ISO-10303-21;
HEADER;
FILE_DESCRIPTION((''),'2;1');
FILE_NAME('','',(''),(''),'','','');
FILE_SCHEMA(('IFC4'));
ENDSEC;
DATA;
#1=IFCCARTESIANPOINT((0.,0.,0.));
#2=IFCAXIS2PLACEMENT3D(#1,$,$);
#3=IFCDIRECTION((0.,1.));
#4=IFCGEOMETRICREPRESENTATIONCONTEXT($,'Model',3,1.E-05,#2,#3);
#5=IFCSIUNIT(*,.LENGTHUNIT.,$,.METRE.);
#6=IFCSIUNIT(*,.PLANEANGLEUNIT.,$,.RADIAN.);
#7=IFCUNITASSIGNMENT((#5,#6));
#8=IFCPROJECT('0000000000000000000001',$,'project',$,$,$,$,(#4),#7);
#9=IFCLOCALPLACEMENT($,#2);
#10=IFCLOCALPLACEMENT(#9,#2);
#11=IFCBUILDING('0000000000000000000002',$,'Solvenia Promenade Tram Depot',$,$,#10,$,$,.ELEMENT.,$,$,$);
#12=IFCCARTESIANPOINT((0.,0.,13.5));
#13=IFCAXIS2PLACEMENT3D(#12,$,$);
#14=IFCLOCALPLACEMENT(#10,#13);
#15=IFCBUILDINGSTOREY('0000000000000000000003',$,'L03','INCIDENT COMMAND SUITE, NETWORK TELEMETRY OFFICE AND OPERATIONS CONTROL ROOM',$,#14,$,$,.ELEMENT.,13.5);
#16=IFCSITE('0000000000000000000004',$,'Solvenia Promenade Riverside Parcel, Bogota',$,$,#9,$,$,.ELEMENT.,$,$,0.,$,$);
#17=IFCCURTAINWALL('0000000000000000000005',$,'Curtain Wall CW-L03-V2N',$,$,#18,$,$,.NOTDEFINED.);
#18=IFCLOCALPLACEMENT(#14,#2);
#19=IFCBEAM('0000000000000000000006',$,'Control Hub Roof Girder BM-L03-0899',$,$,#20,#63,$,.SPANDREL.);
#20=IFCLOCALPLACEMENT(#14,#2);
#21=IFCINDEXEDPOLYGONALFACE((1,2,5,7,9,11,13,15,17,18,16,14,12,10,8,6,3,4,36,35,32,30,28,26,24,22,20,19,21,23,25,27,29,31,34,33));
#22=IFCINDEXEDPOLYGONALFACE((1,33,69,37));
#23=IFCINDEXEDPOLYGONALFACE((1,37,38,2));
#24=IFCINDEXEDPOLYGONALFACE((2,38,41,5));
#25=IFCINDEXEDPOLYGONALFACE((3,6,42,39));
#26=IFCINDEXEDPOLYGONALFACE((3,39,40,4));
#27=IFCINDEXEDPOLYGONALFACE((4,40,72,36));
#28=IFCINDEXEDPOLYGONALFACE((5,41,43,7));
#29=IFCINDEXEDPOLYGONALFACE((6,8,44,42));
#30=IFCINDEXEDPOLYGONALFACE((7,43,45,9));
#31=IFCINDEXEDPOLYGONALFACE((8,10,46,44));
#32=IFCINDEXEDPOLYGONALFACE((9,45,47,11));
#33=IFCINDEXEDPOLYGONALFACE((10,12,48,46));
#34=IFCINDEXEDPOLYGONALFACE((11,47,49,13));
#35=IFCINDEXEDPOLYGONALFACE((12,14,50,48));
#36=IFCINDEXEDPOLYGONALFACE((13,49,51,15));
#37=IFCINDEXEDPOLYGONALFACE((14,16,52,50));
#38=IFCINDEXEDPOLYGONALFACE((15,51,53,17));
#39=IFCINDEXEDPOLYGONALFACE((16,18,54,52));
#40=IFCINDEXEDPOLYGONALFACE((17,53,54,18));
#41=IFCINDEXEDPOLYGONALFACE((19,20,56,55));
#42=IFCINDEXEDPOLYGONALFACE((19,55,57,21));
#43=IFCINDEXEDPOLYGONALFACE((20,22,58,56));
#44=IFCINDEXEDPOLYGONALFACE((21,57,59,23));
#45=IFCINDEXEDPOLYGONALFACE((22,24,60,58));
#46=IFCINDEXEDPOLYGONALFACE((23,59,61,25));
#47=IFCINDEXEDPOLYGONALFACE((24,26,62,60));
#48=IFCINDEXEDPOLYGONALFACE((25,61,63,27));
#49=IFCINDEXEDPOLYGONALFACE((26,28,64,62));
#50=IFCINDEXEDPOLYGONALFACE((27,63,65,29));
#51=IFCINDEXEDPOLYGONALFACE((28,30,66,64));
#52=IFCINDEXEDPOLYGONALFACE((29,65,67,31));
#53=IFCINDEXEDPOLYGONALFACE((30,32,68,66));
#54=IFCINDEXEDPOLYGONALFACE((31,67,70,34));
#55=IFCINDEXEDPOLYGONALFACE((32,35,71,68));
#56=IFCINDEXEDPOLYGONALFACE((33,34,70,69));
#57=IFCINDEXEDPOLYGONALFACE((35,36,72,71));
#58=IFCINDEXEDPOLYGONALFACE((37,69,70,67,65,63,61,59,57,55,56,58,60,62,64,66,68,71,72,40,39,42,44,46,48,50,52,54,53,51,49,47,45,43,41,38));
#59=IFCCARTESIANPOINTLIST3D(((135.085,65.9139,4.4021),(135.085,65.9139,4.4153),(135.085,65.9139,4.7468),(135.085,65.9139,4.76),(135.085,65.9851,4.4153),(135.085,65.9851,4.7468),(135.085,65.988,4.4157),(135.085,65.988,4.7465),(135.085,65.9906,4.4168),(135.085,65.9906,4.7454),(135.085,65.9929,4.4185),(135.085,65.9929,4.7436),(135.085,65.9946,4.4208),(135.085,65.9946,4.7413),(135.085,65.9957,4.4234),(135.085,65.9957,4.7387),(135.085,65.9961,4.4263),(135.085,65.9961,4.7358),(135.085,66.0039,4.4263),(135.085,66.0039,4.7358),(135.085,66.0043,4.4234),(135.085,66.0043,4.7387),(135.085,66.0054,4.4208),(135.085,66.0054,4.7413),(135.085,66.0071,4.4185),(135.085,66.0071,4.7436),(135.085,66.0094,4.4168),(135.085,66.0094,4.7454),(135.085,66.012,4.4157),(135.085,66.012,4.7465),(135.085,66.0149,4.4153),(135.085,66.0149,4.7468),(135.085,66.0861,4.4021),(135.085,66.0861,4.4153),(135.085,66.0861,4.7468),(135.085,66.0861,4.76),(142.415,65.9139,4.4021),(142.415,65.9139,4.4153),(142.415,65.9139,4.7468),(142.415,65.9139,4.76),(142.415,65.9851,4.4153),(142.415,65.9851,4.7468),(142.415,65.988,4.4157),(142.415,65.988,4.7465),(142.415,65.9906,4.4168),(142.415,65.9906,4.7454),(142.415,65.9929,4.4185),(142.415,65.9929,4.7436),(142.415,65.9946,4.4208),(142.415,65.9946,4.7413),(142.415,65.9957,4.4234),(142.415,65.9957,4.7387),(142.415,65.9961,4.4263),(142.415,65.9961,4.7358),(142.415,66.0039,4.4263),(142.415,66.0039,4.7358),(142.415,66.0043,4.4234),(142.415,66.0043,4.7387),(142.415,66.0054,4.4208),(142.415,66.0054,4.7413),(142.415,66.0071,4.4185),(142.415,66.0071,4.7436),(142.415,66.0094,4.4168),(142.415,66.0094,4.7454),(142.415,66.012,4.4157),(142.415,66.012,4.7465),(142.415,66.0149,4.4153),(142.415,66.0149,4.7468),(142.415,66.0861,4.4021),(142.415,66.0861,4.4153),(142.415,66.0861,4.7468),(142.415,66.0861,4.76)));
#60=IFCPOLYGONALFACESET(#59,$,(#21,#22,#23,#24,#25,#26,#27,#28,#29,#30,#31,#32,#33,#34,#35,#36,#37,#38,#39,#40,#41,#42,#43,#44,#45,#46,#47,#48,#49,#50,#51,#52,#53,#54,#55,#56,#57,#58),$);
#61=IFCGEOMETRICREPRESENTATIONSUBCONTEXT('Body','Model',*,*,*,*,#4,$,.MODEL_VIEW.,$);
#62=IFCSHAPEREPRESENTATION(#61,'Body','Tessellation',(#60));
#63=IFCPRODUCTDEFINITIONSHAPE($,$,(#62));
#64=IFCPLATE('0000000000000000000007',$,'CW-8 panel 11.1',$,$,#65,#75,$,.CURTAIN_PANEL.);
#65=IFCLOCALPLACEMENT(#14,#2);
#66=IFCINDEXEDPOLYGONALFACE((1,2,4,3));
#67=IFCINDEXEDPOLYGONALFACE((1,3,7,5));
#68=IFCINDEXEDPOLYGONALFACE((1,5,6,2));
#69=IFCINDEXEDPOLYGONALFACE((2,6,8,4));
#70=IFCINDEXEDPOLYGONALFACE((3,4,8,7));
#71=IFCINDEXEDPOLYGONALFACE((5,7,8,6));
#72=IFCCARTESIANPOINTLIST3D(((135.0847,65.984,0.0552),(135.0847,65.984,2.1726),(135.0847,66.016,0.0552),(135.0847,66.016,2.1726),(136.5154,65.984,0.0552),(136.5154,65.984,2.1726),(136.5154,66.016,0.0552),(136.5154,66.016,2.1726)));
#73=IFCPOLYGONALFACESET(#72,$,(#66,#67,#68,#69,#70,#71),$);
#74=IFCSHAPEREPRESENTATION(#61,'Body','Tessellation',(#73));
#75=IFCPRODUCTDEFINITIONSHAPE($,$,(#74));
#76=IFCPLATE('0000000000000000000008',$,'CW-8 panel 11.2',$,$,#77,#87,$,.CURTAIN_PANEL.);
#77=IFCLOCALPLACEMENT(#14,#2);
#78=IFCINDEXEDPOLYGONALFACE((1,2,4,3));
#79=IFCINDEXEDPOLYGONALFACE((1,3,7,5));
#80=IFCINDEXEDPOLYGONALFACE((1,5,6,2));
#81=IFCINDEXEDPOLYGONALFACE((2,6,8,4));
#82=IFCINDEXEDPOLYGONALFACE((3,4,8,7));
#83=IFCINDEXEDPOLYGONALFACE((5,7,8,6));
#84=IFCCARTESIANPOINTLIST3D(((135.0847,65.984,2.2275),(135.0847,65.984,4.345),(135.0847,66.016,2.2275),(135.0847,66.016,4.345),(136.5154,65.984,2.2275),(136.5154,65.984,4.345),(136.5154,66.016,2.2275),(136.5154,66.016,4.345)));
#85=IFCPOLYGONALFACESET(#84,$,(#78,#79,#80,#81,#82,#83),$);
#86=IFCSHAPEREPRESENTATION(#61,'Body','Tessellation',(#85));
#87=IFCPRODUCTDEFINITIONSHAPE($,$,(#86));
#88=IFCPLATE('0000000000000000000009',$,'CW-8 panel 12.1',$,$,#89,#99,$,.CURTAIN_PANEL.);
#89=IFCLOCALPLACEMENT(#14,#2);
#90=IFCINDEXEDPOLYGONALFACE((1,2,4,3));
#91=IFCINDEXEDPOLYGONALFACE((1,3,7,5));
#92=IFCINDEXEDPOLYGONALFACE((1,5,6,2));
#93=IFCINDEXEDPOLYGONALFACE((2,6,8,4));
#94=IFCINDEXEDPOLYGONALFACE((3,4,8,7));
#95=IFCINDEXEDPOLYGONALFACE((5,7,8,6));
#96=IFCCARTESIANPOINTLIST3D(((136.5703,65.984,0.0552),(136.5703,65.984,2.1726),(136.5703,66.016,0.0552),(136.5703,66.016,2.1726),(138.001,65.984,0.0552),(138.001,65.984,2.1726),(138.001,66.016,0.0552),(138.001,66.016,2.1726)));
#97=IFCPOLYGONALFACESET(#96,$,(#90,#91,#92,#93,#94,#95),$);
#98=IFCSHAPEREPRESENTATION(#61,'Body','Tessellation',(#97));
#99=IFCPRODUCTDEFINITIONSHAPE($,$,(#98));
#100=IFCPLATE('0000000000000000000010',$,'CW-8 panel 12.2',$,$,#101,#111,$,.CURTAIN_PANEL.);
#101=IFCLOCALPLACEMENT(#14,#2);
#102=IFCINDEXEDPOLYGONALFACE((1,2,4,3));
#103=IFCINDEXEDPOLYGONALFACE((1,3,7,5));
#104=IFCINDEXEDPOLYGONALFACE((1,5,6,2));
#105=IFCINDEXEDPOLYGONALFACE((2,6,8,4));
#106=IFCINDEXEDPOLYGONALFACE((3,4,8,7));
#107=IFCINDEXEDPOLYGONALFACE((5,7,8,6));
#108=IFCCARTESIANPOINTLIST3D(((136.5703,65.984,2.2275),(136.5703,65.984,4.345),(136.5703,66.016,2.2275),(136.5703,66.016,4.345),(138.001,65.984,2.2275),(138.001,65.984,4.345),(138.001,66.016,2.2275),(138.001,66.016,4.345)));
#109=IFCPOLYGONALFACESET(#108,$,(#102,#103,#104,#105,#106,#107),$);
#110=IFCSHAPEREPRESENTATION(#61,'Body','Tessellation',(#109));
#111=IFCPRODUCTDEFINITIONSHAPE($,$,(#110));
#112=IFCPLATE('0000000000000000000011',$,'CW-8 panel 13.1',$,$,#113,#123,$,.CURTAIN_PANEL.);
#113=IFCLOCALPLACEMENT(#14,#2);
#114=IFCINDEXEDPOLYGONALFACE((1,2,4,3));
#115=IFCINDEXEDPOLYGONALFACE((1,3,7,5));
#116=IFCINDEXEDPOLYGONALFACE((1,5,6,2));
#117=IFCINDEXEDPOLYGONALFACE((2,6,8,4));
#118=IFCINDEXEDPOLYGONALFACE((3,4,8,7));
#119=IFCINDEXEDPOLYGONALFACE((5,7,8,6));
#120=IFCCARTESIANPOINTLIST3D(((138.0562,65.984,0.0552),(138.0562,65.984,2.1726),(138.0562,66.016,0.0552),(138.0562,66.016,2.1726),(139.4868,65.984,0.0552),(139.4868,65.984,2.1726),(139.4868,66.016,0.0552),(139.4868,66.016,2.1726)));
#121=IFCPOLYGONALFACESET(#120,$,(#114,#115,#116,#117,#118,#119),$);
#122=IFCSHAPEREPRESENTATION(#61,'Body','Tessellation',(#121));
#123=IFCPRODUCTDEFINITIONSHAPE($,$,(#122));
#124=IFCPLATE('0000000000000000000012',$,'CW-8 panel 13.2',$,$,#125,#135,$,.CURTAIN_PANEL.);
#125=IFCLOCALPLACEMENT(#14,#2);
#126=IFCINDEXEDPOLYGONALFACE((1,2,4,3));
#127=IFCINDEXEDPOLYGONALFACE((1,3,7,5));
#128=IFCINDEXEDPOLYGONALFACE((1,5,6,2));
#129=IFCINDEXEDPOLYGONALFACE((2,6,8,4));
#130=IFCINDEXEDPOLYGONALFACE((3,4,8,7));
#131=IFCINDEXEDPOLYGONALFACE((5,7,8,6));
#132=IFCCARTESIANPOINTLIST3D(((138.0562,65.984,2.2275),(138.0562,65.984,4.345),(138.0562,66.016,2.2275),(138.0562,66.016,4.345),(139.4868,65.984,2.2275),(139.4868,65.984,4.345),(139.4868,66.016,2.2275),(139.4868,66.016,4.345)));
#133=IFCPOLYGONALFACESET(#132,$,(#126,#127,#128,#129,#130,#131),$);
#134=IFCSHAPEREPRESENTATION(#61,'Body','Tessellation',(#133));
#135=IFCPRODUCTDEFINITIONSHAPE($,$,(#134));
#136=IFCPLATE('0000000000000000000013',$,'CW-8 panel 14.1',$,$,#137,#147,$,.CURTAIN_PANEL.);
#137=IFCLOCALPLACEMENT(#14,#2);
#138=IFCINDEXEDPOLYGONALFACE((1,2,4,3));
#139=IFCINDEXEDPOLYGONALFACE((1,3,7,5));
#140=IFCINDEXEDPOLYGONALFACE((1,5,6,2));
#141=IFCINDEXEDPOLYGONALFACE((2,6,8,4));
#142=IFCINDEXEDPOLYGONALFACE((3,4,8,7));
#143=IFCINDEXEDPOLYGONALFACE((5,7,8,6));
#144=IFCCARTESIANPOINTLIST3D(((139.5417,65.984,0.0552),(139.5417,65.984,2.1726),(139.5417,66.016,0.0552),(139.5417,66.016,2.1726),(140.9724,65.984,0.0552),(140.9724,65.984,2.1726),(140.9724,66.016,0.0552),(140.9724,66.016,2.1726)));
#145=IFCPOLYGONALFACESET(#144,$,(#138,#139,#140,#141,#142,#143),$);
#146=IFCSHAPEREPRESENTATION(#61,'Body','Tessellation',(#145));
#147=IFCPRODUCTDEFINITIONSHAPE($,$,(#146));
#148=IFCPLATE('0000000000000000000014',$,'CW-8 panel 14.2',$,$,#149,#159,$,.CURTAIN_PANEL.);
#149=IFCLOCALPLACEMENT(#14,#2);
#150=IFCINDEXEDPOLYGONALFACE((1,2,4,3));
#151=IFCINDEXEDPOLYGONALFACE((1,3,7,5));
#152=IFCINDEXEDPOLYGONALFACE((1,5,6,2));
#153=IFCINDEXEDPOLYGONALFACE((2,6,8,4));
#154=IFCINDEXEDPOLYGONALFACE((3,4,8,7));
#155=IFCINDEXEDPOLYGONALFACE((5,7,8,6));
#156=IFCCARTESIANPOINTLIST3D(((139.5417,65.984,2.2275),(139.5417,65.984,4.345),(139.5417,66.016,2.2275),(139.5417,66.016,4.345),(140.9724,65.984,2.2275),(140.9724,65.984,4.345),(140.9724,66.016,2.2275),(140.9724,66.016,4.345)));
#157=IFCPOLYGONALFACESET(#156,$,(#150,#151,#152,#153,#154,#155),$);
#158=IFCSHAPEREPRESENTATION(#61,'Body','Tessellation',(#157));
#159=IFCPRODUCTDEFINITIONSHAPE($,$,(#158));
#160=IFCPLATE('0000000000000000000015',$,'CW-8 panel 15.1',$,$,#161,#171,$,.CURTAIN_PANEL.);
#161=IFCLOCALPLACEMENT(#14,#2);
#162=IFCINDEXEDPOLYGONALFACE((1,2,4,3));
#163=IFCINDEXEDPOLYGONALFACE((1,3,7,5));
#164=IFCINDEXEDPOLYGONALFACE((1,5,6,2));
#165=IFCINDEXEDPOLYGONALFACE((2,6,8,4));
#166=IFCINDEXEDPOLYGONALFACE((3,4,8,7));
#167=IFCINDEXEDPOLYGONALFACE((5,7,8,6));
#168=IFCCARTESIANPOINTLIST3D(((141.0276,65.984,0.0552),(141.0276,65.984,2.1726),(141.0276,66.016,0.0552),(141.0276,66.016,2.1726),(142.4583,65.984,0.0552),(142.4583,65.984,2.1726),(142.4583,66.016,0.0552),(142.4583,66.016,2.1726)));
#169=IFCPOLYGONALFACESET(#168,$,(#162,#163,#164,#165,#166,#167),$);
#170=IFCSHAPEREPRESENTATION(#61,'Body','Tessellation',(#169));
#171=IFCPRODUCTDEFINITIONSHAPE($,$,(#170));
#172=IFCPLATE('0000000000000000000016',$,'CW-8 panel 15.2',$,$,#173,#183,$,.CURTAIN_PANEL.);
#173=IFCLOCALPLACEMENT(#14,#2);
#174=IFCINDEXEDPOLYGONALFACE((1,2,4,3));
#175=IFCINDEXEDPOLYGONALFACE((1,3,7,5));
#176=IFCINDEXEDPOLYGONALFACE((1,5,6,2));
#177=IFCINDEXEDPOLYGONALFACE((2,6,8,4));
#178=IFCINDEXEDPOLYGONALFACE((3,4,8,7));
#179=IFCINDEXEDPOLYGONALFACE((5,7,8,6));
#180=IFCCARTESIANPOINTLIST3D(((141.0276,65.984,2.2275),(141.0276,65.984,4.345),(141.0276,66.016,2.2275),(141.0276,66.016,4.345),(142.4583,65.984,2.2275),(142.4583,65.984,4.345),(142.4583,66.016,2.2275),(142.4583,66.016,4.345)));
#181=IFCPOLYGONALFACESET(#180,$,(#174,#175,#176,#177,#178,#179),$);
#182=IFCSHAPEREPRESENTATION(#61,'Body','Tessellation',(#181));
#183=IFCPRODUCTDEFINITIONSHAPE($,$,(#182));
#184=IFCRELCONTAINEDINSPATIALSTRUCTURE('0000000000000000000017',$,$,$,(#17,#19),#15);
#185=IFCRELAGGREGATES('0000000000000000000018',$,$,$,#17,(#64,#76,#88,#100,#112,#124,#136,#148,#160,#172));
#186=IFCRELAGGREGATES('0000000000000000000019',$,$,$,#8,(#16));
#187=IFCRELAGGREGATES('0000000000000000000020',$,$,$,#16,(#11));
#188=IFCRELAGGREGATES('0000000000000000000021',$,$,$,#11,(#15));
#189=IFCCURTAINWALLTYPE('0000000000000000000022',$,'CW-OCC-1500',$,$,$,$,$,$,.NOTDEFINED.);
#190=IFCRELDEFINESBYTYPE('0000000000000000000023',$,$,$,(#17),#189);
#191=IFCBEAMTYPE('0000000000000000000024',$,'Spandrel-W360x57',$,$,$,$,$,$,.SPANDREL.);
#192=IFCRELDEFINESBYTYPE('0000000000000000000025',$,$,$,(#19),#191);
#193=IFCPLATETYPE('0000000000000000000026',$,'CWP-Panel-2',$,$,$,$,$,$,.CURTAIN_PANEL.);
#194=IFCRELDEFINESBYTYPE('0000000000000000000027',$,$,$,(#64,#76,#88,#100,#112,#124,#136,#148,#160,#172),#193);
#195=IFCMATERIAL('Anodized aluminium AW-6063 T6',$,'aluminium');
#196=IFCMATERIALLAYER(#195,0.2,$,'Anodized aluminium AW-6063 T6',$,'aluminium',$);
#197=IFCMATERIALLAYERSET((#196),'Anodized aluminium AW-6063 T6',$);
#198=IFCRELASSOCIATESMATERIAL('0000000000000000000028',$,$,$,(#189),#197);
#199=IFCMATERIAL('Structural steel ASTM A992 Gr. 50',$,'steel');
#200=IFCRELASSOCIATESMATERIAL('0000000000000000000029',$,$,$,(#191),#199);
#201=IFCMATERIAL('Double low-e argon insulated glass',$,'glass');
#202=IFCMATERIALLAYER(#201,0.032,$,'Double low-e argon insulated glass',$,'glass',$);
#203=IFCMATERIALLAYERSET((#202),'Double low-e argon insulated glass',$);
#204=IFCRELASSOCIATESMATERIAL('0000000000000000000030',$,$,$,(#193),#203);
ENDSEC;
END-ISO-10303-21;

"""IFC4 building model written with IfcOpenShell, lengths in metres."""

from ifc_helpers import new_model, si_unit, direction, frame, origin, origin_2d, place, context, subcontext, project, spatial, rectangle, i_section, extrude, material, layer, layer_set, material_profile, profile_set, type_object, element, aggregate, save


model = new_model("IFC4")

# Units and contexts
model_context = context("Model", 3, precision=1e-05, world=origin(), true_north=direction((0.0, 1.0)))
body_context = subcontext(model_context, "Body", "Model", "MODEL_VIEW")
ifc_project = project(units=[si_unit("LENGTHUNIT", "METRE"), si_unit("PLANEANGLEUNIT", "RADIAN")], contexts=[model_context])

# Site, building, storey
site_placement = place(None, origin())
site = spatial("IfcSite", under=ifc_project, at=site_placement, Name="Solvenia Promenade Riverside Parcel, Bogota", CompositionType="ELEMENT", RefElevation=0.0)
building_placement = place(site_placement, origin())
building = spatial("IfcBuilding", under=site, at=building_placement, Name="Solvenia Promenade Tram Depot", CompositionType="ELEMENT")
storey_placement = place(building_placement, frame((0.0, 0.0, 13.5)))
storey = spatial("IfcBuildingStorey", under=building, at=storey_placement, Name="L03", Description="INCIDENT COMMAND SUITE, NETWORK TELEMETRY OFFICE AND OPERATIONS CONTROL ROOM", CompositionType="ELEMENT", Elevation=13.5)

# Shared definitions
ifc_material_1 = material(Name="Structural steel ASTM A992 Gr. 50", Category="steel")

# Curtain wall
ifc_material_2 = material(Name="Anodized aluminium AW-6063 T6", Category="aluminium")
ifc_layer_1 = layer(ifc_material_2, 0.2, Name="Anodized aluminium AW-6063 T6", Category="aluminium")
ifc_layer_set_1 = layer_set([ifc_layer_1], Name="Anodized aluminium AW-6063 T6")
curtain_wall_type = type_object("IfcCurtainWallType", Name="CW-OCC-1500", PredefinedType="NOTDEFINED", material=ifc_layer_set_1)
curtain_wall_placement = place(storey_placement, origin())
curtain_wall = element("IfcCurtainWall", 1, at=curtain_wall_placement, inside=storey, type_object=curtain_wall_type, Name="Curtain Wall CW-L03-V2N", PredefinedType="NOTDEFINED")

# Beam
ifc_material_profile_1 = material_profile(ifc_material_1, i_section(OverallWidth=0.1721, OverallDepth=0.3579, WebThickness=0.0078, FlangeThickness=0.0132, FilletRadius=0.011, at=origin_2d()), Name="W360x57", Category="steel")
ifc_profile_set_1 = profile_set([ifc_material_profile_1], Name="Structural steel ASTM A992 Gr. 50")
beam_type = type_object("IfcBeamType", Name="Spandrel-W360x57", PredefinedType="SPANDREL", material=ifc_profile_set_1)
for number, where, z_axis, x_axis, name in (
    (2, (135.085, 66.0, 4.5811), (1.0, 0.0, 0.0), (0.0, 1.0, 0.0), "Control Hub Roof Girder BM-L03-0899"),
):
    element("IfcBeam", number, at=place(storey_placement, frame(where, z_axis=z_axis, x_axis=x_axis)), inside=storey, type_object=beam_type, Name=name, PredefinedType="SPANDREL", context=body_context, shape_type="SweptSolid", body=[
        extrude(i_section(OverallWidth=0.1721, OverallDepth=0.3579, WebThickness=0.0078, FlangeThickness=0.0132, FilletRadius=0.011, at=origin_2d()), origin(), (0.0, 0.0, 1.0), 7.3301),
    ])

# Plates
ifc_material_3 = material(Name="Double low-e argon insulated glass", Category="glass")
ifc_layer_2 = layer(ifc_material_3, 0.032, Name="Double low-e argon insulated glass", Category="glass")
ifc_layer_set_2 = layer_set([ifc_layer_2], Name="Double low-e argon insulated glass")
plate_type = type_object("IfcPlateType", Name="CWP-Panel-2", PredefinedType="CURTAIN_PANEL", material=ifc_layer_set_2)
plate_1_placement = place(storey_placement, frame((135.8, 66.0, 0.0552), z_axis=(0.0, 0.0, 1.0), x_axis=(1.0, 0.0, 0.0)))
plate_1 = element("IfcPlate", 3, at=plate_1_placement, type_object=plate_type, Name="CW-8 panel 11.1", PredefinedType="CURTAIN_PANEL", context=body_context, shape_type="SweptSolid", body=[
    extrude(rectangle(XDim=1.4307, YDim=0.032, at=origin_2d()), origin(), (0.0, 0.0, 1.0), 2.1174),
])
plate_2_placement = place(storey_placement, frame((135.8, 66.0, 2.2275), z_axis=(0.0, 0.0, 1.0), x_axis=(1.0, 0.0, 0.0)))
plate_2 = element("IfcPlate", 4, at=plate_2_placement, type_object=plate_type, Name="CW-8 panel 11.2", PredefinedType="CURTAIN_PANEL", context=body_context, shape_type="SweptSolid", body=[
    extrude(rectangle(XDim=1.4307, YDim=0.032, at=origin_2d()), origin(), (0.0, 0.0, 1.0), 2.1174),
])
plate_3_placement = place(storey_placement, frame((137.2856, 66.0, 0.0552), z_axis=(0.0, 0.0, 1.0), x_axis=(1.0, 0.0, 0.0)))
plate_3 = element("IfcPlate", 5, at=plate_3_placement, type_object=plate_type, Name="CW-8 panel 12.1", PredefinedType="CURTAIN_PANEL", context=body_context, shape_type="SweptSolid", body=[
    extrude(rectangle(XDim=1.4307, YDim=0.032, at=origin_2d()), origin(), (0.0, 0.0, 1.0), 2.1174),
])
plate_4_placement = place(storey_placement, frame((137.2856, 66.0, 2.2275), z_axis=(0.0, 0.0, 1.0), x_axis=(1.0, 0.0, 0.0)))
plate_4 = element("IfcPlate", 6, at=plate_4_placement, type_object=plate_type, Name="CW-8 panel 12.2", PredefinedType="CURTAIN_PANEL", context=body_context, shape_type="SweptSolid", body=[
    extrude(rectangle(XDim=1.4307, YDim=0.032, at=origin_2d()), origin(), (0.0, 0.0, 1.0), 2.1174),
])
plate_5_placement = place(storey_placement, frame((138.7715, 66.0, 0.0552), z_axis=(0.0, 0.0, 1.0), x_axis=(1.0, 0.0, 0.0)))
plate_5 = element("IfcPlate", 7, at=plate_5_placement, type_object=plate_type, Name="CW-8 panel 13.1", PredefinedType="CURTAIN_PANEL", context=body_context, shape_type="SweptSolid", body=[
    extrude(rectangle(XDim=1.4307, YDim=0.032, at=origin_2d()), origin(), (0.0, 0.0, 1.0), 2.1174),
])
plate_6_placement = place(storey_placement, frame((138.7715, 66.0, 2.2275), z_axis=(0.0, 0.0, 1.0), x_axis=(1.0, 0.0, 0.0)))
plate_6 = element("IfcPlate", 8, at=plate_6_placement, type_object=plate_type, Name="CW-8 panel 13.2", PredefinedType="CURTAIN_PANEL", context=body_context, shape_type="SweptSolid", body=[
    extrude(rectangle(XDim=1.4307, YDim=0.032, at=origin_2d()), origin(), (0.0, 0.0, 1.0), 2.1174),
])
plate_7_placement = place(storey_placement, frame((140.2571, 66.0, 0.0552), z_axis=(0.0, 0.0, 1.0), x_axis=(1.0, 0.0, 0.0)))
plate_7 = element("IfcPlate", 9, at=plate_7_placement, type_object=plate_type, Name="CW-8 panel 14.1", PredefinedType="CURTAIN_PANEL", context=body_context, shape_type="SweptSolid", body=[
    extrude(rectangle(XDim=1.4307, YDim=0.032, at=origin_2d()), origin(), (0.0, 0.0, 1.0), 2.1174),
])
plate_8_placement = place(storey_placement, frame((140.2571, 66.0, 2.2275), z_axis=(0.0, 0.0, 1.0), x_axis=(1.0, 0.0, 0.0)))
plate_8 = element("IfcPlate", 10, at=plate_8_placement, type_object=plate_type, Name="CW-8 panel 14.2", PredefinedType="CURTAIN_PANEL", context=body_context, shape_type="SweptSolid", body=[
    extrude(rectangle(XDim=1.4307, YDim=0.032, at=origin_2d()), origin(), (0.0, 0.0, 1.0), 2.1174),
])
plate_9_placement = place(storey_placement, frame((141.7429, 66.0, 0.0552), z_axis=(0.0, 0.0, 1.0), x_axis=(1.0, 0.0, 0.0)))
plate_9 = element("IfcPlate", 11, at=plate_9_placement, type_object=plate_type, Name="CW-8 panel 15.1", PredefinedType="CURTAIN_PANEL", context=body_context, shape_type="SweptSolid", body=[
    extrude(rectangle(XDim=1.4307, YDim=0.032, at=origin_2d()), origin(), (0.0, 0.0, 1.0), 2.1174),
])
plate_10_placement = place(storey_placement, frame((141.7429, 66.0, 2.2275), z_axis=(0.0, 0.0, 1.0), x_axis=(1.0, 0.0, 0.0)))
plate_10 = element("IfcPlate", 12, at=plate_10_placement, type_object=plate_type, Name="CW-8 panel 15.2", PredefinedType="CURTAIN_PANEL", context=body_context, shape_type="SweptSolid", body=[
    extrude(rectangle(XDim=1.4307, YDim=0.032, at=origin_2d()), origin(), (0.0, 0.0, 1.0), 2.1174),
])
aggregate(curtain_wall, [plate_1, plate_2, plate_3, plate_4, plate_5, plate_6, plate_7, plate_8, plate_9, plate_10])

save(model, "model.ifc")
